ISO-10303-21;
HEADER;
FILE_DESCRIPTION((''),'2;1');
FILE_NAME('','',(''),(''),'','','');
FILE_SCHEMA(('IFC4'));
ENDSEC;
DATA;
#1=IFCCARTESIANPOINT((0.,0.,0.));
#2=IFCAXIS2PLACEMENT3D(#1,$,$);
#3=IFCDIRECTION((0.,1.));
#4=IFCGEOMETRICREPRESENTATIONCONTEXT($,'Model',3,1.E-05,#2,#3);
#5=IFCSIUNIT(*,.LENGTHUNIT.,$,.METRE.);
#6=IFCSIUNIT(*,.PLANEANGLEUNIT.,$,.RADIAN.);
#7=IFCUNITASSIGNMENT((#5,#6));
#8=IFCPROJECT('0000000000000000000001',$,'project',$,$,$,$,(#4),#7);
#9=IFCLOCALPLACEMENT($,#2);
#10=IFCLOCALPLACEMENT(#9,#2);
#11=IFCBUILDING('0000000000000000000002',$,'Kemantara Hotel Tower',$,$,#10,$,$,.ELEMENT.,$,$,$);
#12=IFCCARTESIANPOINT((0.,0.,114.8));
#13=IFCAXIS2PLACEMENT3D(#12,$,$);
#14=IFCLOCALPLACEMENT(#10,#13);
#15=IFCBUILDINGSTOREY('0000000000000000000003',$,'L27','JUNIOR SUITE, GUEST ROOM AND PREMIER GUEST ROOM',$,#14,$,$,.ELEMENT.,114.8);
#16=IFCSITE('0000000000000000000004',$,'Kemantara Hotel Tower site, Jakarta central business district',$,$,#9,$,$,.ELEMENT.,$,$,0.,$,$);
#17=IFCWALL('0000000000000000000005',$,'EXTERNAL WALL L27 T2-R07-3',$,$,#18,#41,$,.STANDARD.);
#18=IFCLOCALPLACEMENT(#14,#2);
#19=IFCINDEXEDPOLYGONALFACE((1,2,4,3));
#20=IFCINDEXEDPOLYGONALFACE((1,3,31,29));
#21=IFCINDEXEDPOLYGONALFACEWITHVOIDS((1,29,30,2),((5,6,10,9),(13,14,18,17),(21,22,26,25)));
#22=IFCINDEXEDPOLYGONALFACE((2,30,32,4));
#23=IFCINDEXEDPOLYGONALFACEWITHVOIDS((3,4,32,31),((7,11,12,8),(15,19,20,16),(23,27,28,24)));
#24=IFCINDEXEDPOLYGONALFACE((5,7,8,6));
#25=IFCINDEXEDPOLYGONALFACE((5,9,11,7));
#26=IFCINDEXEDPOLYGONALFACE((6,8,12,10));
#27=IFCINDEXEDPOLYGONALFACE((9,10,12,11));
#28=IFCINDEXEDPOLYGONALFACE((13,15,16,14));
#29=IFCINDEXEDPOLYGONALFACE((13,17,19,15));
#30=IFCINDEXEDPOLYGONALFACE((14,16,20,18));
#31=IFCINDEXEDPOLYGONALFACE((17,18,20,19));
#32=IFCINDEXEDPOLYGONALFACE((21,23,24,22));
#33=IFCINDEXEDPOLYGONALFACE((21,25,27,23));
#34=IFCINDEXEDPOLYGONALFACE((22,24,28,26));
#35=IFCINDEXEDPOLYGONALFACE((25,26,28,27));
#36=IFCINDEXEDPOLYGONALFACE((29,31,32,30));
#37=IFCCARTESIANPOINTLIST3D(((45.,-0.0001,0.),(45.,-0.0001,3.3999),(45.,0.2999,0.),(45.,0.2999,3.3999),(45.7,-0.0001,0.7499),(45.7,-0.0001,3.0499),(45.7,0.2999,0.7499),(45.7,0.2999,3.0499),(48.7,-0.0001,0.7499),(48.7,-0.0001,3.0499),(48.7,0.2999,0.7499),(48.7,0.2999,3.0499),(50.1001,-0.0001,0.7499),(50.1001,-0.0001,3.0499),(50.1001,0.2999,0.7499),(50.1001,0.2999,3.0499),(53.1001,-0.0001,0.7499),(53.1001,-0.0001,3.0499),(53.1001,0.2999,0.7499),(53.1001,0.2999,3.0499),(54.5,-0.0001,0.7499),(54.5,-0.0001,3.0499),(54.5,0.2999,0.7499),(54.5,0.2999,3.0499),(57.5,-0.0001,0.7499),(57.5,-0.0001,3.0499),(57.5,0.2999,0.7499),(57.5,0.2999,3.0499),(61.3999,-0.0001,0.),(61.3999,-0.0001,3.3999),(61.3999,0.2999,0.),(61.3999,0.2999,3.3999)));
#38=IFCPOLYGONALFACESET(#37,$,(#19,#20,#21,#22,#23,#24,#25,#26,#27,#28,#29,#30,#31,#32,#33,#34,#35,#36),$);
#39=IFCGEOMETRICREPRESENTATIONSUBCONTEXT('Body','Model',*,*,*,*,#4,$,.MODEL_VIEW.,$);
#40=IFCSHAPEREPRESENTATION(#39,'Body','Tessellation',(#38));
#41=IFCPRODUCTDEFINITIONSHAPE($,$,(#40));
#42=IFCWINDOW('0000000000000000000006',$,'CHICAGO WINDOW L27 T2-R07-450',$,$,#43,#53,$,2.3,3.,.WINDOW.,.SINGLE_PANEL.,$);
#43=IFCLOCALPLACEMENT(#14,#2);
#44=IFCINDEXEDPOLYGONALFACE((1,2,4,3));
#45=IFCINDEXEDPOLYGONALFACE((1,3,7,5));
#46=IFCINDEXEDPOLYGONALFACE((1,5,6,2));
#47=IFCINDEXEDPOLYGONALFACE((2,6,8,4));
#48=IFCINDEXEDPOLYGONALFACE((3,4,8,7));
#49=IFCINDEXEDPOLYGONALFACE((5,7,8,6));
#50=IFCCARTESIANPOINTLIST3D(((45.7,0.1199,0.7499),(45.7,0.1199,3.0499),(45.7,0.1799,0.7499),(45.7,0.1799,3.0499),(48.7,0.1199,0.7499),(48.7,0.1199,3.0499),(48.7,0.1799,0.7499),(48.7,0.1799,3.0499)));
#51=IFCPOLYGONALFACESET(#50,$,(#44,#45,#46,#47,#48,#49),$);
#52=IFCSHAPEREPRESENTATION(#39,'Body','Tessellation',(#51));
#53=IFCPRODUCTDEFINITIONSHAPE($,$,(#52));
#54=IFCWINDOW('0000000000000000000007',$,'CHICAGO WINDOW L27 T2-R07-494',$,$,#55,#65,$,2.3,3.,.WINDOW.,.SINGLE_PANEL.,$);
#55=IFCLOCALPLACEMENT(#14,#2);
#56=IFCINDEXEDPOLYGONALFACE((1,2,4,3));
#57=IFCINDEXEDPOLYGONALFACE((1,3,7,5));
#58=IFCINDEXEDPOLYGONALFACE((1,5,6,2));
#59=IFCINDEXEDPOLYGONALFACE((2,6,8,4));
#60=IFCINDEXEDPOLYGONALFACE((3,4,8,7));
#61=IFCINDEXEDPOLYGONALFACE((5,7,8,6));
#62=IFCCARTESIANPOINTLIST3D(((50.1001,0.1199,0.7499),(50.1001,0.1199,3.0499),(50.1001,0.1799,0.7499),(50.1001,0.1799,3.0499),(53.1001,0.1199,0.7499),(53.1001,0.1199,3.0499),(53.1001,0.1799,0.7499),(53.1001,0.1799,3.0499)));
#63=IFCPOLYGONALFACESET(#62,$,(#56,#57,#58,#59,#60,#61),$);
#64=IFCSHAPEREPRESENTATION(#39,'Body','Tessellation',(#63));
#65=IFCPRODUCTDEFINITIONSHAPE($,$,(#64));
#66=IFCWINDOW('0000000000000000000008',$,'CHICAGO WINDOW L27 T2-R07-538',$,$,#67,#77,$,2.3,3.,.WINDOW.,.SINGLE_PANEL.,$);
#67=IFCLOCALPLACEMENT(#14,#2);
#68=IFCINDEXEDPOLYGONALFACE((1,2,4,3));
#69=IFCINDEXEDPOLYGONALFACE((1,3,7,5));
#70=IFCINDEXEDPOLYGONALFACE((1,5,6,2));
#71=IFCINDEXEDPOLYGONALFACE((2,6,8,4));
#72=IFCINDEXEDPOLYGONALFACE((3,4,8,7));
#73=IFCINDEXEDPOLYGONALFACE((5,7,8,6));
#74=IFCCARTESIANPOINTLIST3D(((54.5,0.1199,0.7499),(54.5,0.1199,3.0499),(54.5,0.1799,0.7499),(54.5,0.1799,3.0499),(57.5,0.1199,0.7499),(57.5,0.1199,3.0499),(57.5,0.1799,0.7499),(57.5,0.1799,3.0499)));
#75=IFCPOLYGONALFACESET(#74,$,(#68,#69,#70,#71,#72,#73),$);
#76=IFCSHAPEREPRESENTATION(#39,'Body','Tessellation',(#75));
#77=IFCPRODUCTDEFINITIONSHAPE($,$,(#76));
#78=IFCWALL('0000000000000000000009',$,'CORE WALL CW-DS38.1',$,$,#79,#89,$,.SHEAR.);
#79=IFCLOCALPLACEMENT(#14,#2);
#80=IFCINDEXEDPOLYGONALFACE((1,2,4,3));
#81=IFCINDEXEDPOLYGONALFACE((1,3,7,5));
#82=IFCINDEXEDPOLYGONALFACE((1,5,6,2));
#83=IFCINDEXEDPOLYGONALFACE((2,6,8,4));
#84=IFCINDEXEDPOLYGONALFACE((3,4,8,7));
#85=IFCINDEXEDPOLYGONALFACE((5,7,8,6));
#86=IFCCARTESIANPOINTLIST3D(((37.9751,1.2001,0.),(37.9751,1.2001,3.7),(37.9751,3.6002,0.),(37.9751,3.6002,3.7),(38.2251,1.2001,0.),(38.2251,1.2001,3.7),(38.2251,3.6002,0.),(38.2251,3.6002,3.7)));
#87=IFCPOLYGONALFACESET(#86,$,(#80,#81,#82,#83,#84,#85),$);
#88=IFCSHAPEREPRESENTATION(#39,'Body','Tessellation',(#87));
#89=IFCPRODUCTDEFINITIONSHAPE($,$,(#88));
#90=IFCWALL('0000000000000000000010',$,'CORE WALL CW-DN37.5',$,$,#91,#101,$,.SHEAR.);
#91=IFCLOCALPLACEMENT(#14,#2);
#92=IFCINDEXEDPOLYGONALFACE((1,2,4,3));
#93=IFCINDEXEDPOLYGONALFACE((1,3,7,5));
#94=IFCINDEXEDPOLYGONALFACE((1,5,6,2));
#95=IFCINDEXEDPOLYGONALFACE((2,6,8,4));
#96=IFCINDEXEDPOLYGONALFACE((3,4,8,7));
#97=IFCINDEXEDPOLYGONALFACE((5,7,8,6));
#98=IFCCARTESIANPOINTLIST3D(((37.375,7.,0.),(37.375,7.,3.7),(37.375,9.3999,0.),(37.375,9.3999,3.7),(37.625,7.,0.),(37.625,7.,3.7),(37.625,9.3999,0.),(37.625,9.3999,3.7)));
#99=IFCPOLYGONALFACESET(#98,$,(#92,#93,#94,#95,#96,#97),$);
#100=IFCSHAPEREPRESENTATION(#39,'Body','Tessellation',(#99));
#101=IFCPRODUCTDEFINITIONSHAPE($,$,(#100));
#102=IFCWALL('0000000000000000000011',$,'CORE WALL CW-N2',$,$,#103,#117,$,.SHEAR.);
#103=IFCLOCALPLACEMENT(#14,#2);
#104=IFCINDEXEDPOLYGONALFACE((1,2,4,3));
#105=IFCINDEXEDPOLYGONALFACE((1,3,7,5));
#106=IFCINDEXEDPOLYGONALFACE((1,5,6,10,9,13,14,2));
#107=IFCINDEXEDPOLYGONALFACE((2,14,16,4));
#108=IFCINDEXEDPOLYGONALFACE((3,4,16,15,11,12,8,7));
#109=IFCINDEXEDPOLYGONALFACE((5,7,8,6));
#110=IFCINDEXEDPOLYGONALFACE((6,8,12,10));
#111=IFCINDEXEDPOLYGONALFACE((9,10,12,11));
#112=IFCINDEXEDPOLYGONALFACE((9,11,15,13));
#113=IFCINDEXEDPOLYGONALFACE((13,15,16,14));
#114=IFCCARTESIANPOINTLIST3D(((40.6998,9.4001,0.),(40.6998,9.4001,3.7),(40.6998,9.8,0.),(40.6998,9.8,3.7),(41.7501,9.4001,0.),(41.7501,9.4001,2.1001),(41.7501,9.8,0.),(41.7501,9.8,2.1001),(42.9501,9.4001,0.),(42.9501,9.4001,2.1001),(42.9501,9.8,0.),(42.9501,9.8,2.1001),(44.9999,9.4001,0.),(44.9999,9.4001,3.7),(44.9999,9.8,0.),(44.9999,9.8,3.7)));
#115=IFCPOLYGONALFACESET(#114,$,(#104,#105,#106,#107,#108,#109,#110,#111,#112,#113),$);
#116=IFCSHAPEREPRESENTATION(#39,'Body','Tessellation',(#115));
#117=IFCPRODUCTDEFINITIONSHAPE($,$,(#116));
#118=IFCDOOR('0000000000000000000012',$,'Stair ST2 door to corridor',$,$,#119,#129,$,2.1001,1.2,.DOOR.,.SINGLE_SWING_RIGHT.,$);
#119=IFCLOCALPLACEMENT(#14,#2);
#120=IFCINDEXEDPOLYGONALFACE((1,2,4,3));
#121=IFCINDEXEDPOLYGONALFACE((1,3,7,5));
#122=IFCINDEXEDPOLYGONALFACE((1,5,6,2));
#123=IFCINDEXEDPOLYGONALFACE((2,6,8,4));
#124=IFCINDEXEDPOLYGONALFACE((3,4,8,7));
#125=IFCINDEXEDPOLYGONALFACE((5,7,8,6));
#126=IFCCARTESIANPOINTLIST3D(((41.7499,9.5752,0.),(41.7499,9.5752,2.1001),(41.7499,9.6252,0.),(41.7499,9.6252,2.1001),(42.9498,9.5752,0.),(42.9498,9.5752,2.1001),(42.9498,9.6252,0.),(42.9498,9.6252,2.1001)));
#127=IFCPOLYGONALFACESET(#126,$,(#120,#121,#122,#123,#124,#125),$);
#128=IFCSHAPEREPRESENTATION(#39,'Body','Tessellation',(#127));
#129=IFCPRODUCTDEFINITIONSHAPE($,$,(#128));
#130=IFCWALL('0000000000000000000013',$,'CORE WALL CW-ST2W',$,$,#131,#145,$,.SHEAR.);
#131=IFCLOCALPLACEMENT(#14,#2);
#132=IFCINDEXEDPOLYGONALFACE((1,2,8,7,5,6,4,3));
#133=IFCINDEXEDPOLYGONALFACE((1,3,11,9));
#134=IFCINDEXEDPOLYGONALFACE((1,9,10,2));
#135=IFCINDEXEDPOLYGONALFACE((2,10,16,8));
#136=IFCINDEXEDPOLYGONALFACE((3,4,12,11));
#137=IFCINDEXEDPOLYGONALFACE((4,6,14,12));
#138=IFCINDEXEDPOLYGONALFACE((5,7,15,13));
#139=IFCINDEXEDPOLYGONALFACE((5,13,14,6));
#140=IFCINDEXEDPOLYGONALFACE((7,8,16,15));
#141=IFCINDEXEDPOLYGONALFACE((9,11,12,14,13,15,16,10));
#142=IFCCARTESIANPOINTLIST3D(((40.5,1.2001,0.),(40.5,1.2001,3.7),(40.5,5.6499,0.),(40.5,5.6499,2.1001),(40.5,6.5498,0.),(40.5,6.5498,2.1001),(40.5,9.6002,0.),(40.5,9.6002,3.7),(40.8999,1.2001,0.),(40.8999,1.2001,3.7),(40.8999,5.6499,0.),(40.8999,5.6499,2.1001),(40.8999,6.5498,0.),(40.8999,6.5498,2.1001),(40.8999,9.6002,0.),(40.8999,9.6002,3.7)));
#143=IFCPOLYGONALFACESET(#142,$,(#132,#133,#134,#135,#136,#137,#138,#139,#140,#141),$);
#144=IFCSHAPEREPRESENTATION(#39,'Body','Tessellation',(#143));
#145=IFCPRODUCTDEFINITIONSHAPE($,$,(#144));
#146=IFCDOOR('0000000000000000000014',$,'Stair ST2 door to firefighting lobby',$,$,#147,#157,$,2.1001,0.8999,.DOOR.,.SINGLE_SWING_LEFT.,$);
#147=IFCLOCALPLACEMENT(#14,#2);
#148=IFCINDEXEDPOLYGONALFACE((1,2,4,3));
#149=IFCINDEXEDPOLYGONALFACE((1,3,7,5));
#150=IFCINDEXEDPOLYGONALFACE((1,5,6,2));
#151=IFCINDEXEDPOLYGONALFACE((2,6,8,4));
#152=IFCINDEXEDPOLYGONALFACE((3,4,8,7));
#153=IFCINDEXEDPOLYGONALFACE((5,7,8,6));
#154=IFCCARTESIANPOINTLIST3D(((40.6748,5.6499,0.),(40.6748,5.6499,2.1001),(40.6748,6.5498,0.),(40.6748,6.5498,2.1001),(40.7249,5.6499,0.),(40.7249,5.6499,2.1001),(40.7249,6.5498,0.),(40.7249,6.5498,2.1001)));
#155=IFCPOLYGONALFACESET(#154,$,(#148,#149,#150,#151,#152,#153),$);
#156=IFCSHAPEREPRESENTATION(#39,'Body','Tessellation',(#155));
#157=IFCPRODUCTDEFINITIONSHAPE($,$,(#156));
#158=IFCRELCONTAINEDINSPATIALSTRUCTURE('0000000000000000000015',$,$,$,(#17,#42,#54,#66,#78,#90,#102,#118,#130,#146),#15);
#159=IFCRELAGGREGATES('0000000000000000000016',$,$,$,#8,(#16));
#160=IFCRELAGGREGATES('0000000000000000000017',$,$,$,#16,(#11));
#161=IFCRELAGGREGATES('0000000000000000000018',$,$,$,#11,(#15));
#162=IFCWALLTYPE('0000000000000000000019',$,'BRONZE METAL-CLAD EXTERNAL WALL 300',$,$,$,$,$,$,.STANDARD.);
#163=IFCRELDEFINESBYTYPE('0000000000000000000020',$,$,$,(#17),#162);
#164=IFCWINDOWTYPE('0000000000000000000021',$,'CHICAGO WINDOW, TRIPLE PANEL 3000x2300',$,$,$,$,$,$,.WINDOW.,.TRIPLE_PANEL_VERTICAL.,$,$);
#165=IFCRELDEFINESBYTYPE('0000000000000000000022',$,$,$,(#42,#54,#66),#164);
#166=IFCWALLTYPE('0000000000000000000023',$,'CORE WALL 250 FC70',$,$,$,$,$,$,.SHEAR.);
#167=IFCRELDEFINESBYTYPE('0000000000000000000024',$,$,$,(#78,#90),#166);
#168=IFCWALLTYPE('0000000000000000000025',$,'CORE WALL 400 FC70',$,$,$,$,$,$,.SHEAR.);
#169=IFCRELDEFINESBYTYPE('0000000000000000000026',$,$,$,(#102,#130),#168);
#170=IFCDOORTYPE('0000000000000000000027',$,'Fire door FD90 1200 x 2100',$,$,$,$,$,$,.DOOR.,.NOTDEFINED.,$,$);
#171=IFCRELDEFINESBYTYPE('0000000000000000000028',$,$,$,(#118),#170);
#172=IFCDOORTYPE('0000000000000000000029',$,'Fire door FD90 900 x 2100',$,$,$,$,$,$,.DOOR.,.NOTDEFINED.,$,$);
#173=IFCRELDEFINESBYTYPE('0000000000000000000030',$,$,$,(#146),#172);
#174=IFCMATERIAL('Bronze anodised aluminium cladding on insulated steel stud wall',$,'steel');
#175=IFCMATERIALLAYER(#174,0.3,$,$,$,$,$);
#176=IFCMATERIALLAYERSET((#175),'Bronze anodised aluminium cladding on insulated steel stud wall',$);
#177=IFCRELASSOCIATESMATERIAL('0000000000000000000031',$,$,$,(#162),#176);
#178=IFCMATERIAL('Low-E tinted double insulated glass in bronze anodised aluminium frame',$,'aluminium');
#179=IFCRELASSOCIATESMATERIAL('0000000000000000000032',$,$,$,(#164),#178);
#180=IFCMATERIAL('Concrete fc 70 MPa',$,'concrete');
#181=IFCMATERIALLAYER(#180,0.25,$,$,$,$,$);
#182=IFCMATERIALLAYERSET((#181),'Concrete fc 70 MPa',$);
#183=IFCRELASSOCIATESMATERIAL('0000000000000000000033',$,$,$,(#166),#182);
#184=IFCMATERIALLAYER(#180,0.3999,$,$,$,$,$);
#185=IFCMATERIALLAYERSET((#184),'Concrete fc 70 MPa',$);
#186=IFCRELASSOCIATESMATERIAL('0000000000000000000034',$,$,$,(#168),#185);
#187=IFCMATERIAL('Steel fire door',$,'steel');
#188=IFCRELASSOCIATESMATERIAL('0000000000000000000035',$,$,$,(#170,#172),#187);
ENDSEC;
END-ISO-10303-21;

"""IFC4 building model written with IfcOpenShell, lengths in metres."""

from ifc_helpers import new_model, si_unit, direction, frame, frame_2d, origin, place, context, subcontext, project, spatial, rectangle, extrude, material, layer, layer_set, type_object, element, fill, save


model = new_model("IFC4")

# Units and contexts
model_context = context("Model", 3, precision=1e-05, world=origin(), true_north=direction((0.0, 1.0)))
body_context = subcontext(model_context, "Body", "Model", "MODEL_VIEW")
ifc_project = project(units=[si_unit("LENGTHUNIT", "METRE"), si_unit("PLANEANGLEUNIT", "RADIAN")], contexts=[model_context])

# Site, building, storey
site_placement = place(None, origin())
site = spatial("IfcSite", under=ifc_project, at=site_placement, Name="Kemantara Hotel Tower site, Jakarta central business district", CompositionType="ELEMENT", RefElevation=0.0)
building_placement = place(site_placement, origin())
building = spatial("IfcBuilding", under=site, at=building_placement, Name="Kemantara Hotel Tower", CompositionType="ELEMENT")
storey_placement = place(building_placement, frame((0.0, 0.0, 114.8)))
storey = spatial("IfcBuildingStorey", under=building, at=storey_placement, Name="L27", Description="JUNIOR SUITE, GUEST ROOM AND PREMIER GUEST ROOM", CompositionType="ELEMENT", Elevation=114.8)

# Wall, openings, windows
ifc_material_1 = material(Name="Bronze anodised aluminium cladding on insulated steel stud wall", Category="steel")
ifc_layer_1 = layer(ifc_material_1, 0.3)
ifc_layer_set_1 = layer_set([ifc_layer_1], Name="Bronze anodised aluminium cladding on insulated steel stud wall")
wall_type_1 = type_object("IfcWallType", Name="BRONZE METAL-CLAD EXTERNAL WALL 300", PredefinedType="STANDARD", material=ifc_layer_set_1)
wall_1_placement = place(storey_placement, frame((45.0, 0.1499, 0.0), z_axis=(0.0, 0.0, 1.0), x_axis=(1.0, 0.0, 0.0)))
wall_1 = element("IfcWall", 1, at=wall_1_placement, inside=storey, type_object=wall_type_1, Name="EXTERNAL WALL L27 T2-R07-3", PredefinedType="STANDARD", context=body_context, shape_type="SweptSolid", body=[
    extrude(rectangle(XDim=16.3999, YDim=0.3, at=frame_2d((8.2, 0.0))), origin(), (0.0, 0.0, 1.0), 3.3999),
])
opening_1_placement = place(wall_1_placement, frame((0.7, 0.0, 0.75)))
opening_1 = element("IfcOpeningElement", 2, at=opening_1_placement, cuts=wall_1, PredefinedType="OPENING", context=body_context, shape_type="SweptSolid", body=[
    extrude(rectangle(XDim=3.0, YDim=2.3, at=frame_2d((1.5, 1.1499))), frame((0.0, 0.1599, 0.0), z_axis=(0.0, -1.0, 0.0), x_axis=(1.0, 0.0, 0.0)), (0.0, 0.0, 1.0), 0.3201),
])
opening_2_placement = place(wall_1_placement, frame((5.1001, 0.0, 0.75)))
opening_2 = element("IfcOpeningElement", 3, at=opening_2_placement, cuts=wall_1, PredefinedType="OPENING", context=body_context, shape_type="SweptSolid", body=[
    extrude(rectangle(XDim=3.0, YDim=2.3, at=frame_2d((1.5, 1.1499))), frame((0.0, 0.1599, 0.0), z_axis=(0.0, -1.0, 0.0), x_axis=(1.0, 0.0, 0.0)), (0.0, 0.0, 1.0), 0.3201),
])
opening_3_placement = place(wall_1_placement, frame((9.5, 0.0, 0.75)))
opening_3 = element("IfcOpeningElement", 4, at=opening_3_placement, cuts=wall_1, PredefinedType="OPENING", context=body_context, shape_type="SweptSolid", body=[
    extrude(rectangle(XDim=3.0, YDim=2.3, at=frame_2d((1.5, 1.1499))), frame((0.0, 0.1599, 0.0), z_axis=(0.0, -1.0, 0.0), x_axis=(1.0, 0.0, 0.0)), (0.0, 0.0, 1.0), 0.3201),
])
ifc_material_2 = material(Name="Low-E tinted double insulated glass in bronze anodised aluminium frame", Category="aluminium")
window_type = type_object("IfcWindowType", Name="CHICAGO WINDOW, TRIPLE PANEL 3000x2300", PartitioningType="TRIPLE_PANEL_VERTICAL", PredefinedType="WINDOW", material=ifc_material_2)
window_1_placement = place(opening_1_placement, origin())
window_1 = element("IfcWindow", 5, at=window_1_placement, inside=storey, type_object=window_type, Name="CHICAGO WINDOW L27 T2-R07-450", OverallHeight=2.3, OverallWidth=3.0, PartitioningType="SINGLE_PANEL", PredefinedType="WINDOW", context=body_context, shape_type="SweptSolid", body=[
    extrude(rectangle(XDim=3.0, YDim=2.3, at=frame_2d((1.5, 1.1499))), frame((0.0, 0.03, 0.0), z_axis=(0.0, -1.0, 0.0), x_axis=(1.0, 0.0, 0.0)), (0.0, 0.0, 1.0), 0.0601),
])
fill(opening_1, window_1)
window_2_placement = place(opening_2_placement, origin())
window_2 = element("IfcWindow", 6, at=window_2_placement, inside=storey, type_object=window_type, Name="CHICAGO WINDOW L27 T2-R07-494", OverallHeight=2.3, OverallWidth=3.0, PartitioningType="SINGLE_PANEL", PredefinedType="WINDOW", context=body_context, shape_type="SweptSolid", body=[
    extrude(rectangle(XDim=3.0, YDim=2.3, at=frame_2d((1.5, 1.1499))), frame((0.0, 0.03, 0.0), z_axis=(0.0, -1.0, 0.0), x_axis=(1.0, 0.0, 0.0)), (0.0, 0.0, 1.0), 0.0601),
])
fill(opening_2, window_2)
window_3_placement = place(opening_3_placement, origin())
window_3 = element("IfcWindow", 7, at=window_3_placement, inside=storey, type_object=window_type, Name="CHICAGO WINDOW L27 T2-R07-538", OverallHeight=2.3, OverallWidth=3.0, PartitioningType="SINGLE_PANEL", PredefinedType="WINDOW", context=body_context, shape_type="SweptSolid", body=[
    extrude(rectangle(XDim=3.0, YDim=2.3, at=frame_2d((1.5, 1.1499))), frame((0.0, 0.03, 0.0), z_axis=(0.0, -1.0, 0.0), x_axis=(1.0, 0.0, 0.0)), (0.0, 0.0, 1.0), 0.0601),
])
fill(opening_3, window_3)

# Walls
ifc_material_3 = material(Name="Concrete fc 70 MPa", Category="concrete")
ifc_layer_2 = layer(ifc_material_3, 0.25)
ifc_layer_set_2 = layer_set([ifc_layer_2], Name="Concrete fc 70 MPa")
wall_type_2 = type_object("IfcWallType", Name="CORE WALL 250 FC70", PredefinedType="SHEAR", material=ifc_layer_set_2)
wall_2_placement = place(storey_placement, frame((38.1001, 1.2, 0.0), z_axis=(0.0, 0.0, 1.0), x_axis=(0.0, 1.0, 0.0)))
element("IfcWall", 8, at=wall_2_placement, inside=storey, type_object=wall_type_2, Name="CORE WALL CW-DS38.1", PredefinedType="SHEAR", context=body_context, shape_type="SweptSolid", body=[
    extrude(rectangle(XDim=2.4001, YDim=0.25, at=frame_2d((1.2002, 0.0))), origin(), (0.0, 0.0, 1.0), 3.7),
])
wall_3_placement = place(storey_placement, frame((37.5, 7.0, 0.0), z_axis=(0.0, 0.0, 1.0), x_axis=(0.0, 1.0, 0.0)))
element("IfcWall", 9, at=wall_3_placement, inside=storey, type_object=wall_type_2, Name="CORE WALL CW-DN37.5", PredefinedType="SHEAR", context=body_context, shape_type="SweptSolid", body=[
    extrude(rectangle(XDim=2.3999, YDim=0.25, at=frame_2d((1.2, 0.0))), origin(), (0.0, 0.0, 1.0), 3.7),
])

# Walls, openings, doors
ifc_layer_3 = layer(ifc_material_3, 0.3999)
ifc_layer_set_3 = layer_set([ifc_layer_3], Name="Concrete fc 70 MPa")
wall_type_3 = type_object("IfcWallType", Name="CORE WALL 400 FC70", PredefinedType="SHEAR", material=ifc_layer_set_3)
wall_4_placement = place(storey_placement, frame((40.7, 9.6001, 0.0), z_axis=(0.0, 0.0, 1.0), x_axis=(1.0, 0.0, 0.0)))
wall_4 = element("IfcWall", 10, at=wall_4_placement, inside=storey, type_object=wall_type_3, Name="CORE WALL CW-N2", PredefinedType="SHEAR", context=body_context, shape_type="SweptSolid", body=[
    extrude(rectangle(XDim=4.3, YDim=0.3999, at=frame_2d((2.1499, 0.0))), origin(), (0.0, 0.0, 1.0), 3.7),
])
opening_4_placement = place(wall_4_placement, frame((1.05, 0.0, 0.0)))
opening_4 = element("IfcOpeningElement", 11, at=opening_4_placement, cuts=wall_4, PredefinedType="OPENING", context=body_context, shape_type="SweptSolid", body=[
    extrude(rectangle(XDim=1.2, YDim=2.1001, at=frame_2d((0.6001, 1.05))), frame((0.0, 0.21, 0.0), z_axis=(0.0, -1.0, 0.0), x_axis=(1.0, 0.0, 0.0)), (0.0, 0.0, 1.0), 0.4199),
])
ifc_material_4 = material(Name="Steel fire door", Category="steel")
door_type_1 = type_object("IfcDoorType", Name="Fire door FD90 1200 x 2100", OperationType="NOTDEFINED", PredefinedType="DOOR", material=ifc_material_4)
door_1_placement = place(opening_4_placement, frame((1.2, 0.0, 0.0), z_axis=(0.0, 0.0, 1.0), x_axis=(-1.0, 0.0, 0.0)))
door_1 = element("IfcDoor", 12, at=door_1_placement, inside=storey, type_object=door_type_1, Name="Stair ST2 door to corridor", OperationType="SINGLE_SWING_RIGHT", OverallHeight=2.1001, OverallWidth=1.2, PredefinedType="DOOR", context=body_context, shape_type="SweptSolid", body=[
    extrude(rectangle(XDim=1.2, YDim=2.1001, at=frame_2d((0.6001, 1.05))), frame((0.0, 0.0249, 0.0), z_axis=(0.0, -1.0, 0.0), x_axis=(1.0, 0.0, 0.0)), (0.0, 0.0, 1.0), 0.05),
])
fill(opening_4, door_1)
wall_5_placement = place(storey_placement, frame((40.7, 1.2, 0.0), z_axis=(0.0, 0.0, 1.0), x_axis=(0.0, 1.0, 0.0)))
wall_5 = element("IfcWall", 13, at=wall_5_placement, inside=storey, type_object=wall_type_3, Name="CORE WALL CW-ST2W", PredefinedType="SHEAR", context=body_context, shape_type="SweptSolid", body=[
    extrude(rectangle(XDim=8.4001, YDim=0.3999, at=frame_2d((4.2002, 0.0))), origin(), (0.0, 0.0, 1.0), 3.7),
])
opening_5_placement = place(wall_5_placement, frame((4.45, 0.0, 0.0)))
opening_5 = element("IfcOpeningElement", 14, at=opening_5_placement, cuts=wall_5, PredefinedType="OPENING", context=body_context, shape_type="SweptSolid", body=[
    extrude(rectangle(XDim=0.8999, YDim=2.1001, at=frame_2d((0.45, 1.05))), frame((0.0, 0.21, 0.0), z_axis=(0.0, -1.0, 0.0), x_axis=(1.0, 0.0, 0.0)), (0.0, 0.0, 1.0), 0.4199),
])
door_type_2 = type_object("IfcDoorType", Name="Fire door FD90 900 x 2100", OperationType="NOTDEFINED", PredefinedType="DOOR", material=ifc_material_4)
door_2_placement = place(opening_5_placement, frame((0.8999, 0.0, 0.0), z_axis=(0.0, 0.0, 1.0), x_axis=(-1.0, 0.0, 0.0)))
door_2 = element("IfcDoor", 15, at=door_2_placement, inside=storey, type_object=door_type_2, Name="Stair ST2 door to firefighting lobby", OperationType="SINGLE_SWING_LEFT", OverallHeight=2.1001, OverallWidth=0.8999, PredefinedType="DOOR", context=body_context, shape_type="SweptSolid", body=[
    extrude(rectangle(XDim=0.8999, YDim=2.1001, at=frame_2d((0.45, 1.05))), frame((0.0, 0.0249, 0.0), z_axis=(0.0, -1.0, 0.0), x_axis=(1.0, 0.0, 0.0)), (0.0, 0.0, 1.0), 0.05),
])
fill(opening_5, door_2)

save(model, "model.ifc")
